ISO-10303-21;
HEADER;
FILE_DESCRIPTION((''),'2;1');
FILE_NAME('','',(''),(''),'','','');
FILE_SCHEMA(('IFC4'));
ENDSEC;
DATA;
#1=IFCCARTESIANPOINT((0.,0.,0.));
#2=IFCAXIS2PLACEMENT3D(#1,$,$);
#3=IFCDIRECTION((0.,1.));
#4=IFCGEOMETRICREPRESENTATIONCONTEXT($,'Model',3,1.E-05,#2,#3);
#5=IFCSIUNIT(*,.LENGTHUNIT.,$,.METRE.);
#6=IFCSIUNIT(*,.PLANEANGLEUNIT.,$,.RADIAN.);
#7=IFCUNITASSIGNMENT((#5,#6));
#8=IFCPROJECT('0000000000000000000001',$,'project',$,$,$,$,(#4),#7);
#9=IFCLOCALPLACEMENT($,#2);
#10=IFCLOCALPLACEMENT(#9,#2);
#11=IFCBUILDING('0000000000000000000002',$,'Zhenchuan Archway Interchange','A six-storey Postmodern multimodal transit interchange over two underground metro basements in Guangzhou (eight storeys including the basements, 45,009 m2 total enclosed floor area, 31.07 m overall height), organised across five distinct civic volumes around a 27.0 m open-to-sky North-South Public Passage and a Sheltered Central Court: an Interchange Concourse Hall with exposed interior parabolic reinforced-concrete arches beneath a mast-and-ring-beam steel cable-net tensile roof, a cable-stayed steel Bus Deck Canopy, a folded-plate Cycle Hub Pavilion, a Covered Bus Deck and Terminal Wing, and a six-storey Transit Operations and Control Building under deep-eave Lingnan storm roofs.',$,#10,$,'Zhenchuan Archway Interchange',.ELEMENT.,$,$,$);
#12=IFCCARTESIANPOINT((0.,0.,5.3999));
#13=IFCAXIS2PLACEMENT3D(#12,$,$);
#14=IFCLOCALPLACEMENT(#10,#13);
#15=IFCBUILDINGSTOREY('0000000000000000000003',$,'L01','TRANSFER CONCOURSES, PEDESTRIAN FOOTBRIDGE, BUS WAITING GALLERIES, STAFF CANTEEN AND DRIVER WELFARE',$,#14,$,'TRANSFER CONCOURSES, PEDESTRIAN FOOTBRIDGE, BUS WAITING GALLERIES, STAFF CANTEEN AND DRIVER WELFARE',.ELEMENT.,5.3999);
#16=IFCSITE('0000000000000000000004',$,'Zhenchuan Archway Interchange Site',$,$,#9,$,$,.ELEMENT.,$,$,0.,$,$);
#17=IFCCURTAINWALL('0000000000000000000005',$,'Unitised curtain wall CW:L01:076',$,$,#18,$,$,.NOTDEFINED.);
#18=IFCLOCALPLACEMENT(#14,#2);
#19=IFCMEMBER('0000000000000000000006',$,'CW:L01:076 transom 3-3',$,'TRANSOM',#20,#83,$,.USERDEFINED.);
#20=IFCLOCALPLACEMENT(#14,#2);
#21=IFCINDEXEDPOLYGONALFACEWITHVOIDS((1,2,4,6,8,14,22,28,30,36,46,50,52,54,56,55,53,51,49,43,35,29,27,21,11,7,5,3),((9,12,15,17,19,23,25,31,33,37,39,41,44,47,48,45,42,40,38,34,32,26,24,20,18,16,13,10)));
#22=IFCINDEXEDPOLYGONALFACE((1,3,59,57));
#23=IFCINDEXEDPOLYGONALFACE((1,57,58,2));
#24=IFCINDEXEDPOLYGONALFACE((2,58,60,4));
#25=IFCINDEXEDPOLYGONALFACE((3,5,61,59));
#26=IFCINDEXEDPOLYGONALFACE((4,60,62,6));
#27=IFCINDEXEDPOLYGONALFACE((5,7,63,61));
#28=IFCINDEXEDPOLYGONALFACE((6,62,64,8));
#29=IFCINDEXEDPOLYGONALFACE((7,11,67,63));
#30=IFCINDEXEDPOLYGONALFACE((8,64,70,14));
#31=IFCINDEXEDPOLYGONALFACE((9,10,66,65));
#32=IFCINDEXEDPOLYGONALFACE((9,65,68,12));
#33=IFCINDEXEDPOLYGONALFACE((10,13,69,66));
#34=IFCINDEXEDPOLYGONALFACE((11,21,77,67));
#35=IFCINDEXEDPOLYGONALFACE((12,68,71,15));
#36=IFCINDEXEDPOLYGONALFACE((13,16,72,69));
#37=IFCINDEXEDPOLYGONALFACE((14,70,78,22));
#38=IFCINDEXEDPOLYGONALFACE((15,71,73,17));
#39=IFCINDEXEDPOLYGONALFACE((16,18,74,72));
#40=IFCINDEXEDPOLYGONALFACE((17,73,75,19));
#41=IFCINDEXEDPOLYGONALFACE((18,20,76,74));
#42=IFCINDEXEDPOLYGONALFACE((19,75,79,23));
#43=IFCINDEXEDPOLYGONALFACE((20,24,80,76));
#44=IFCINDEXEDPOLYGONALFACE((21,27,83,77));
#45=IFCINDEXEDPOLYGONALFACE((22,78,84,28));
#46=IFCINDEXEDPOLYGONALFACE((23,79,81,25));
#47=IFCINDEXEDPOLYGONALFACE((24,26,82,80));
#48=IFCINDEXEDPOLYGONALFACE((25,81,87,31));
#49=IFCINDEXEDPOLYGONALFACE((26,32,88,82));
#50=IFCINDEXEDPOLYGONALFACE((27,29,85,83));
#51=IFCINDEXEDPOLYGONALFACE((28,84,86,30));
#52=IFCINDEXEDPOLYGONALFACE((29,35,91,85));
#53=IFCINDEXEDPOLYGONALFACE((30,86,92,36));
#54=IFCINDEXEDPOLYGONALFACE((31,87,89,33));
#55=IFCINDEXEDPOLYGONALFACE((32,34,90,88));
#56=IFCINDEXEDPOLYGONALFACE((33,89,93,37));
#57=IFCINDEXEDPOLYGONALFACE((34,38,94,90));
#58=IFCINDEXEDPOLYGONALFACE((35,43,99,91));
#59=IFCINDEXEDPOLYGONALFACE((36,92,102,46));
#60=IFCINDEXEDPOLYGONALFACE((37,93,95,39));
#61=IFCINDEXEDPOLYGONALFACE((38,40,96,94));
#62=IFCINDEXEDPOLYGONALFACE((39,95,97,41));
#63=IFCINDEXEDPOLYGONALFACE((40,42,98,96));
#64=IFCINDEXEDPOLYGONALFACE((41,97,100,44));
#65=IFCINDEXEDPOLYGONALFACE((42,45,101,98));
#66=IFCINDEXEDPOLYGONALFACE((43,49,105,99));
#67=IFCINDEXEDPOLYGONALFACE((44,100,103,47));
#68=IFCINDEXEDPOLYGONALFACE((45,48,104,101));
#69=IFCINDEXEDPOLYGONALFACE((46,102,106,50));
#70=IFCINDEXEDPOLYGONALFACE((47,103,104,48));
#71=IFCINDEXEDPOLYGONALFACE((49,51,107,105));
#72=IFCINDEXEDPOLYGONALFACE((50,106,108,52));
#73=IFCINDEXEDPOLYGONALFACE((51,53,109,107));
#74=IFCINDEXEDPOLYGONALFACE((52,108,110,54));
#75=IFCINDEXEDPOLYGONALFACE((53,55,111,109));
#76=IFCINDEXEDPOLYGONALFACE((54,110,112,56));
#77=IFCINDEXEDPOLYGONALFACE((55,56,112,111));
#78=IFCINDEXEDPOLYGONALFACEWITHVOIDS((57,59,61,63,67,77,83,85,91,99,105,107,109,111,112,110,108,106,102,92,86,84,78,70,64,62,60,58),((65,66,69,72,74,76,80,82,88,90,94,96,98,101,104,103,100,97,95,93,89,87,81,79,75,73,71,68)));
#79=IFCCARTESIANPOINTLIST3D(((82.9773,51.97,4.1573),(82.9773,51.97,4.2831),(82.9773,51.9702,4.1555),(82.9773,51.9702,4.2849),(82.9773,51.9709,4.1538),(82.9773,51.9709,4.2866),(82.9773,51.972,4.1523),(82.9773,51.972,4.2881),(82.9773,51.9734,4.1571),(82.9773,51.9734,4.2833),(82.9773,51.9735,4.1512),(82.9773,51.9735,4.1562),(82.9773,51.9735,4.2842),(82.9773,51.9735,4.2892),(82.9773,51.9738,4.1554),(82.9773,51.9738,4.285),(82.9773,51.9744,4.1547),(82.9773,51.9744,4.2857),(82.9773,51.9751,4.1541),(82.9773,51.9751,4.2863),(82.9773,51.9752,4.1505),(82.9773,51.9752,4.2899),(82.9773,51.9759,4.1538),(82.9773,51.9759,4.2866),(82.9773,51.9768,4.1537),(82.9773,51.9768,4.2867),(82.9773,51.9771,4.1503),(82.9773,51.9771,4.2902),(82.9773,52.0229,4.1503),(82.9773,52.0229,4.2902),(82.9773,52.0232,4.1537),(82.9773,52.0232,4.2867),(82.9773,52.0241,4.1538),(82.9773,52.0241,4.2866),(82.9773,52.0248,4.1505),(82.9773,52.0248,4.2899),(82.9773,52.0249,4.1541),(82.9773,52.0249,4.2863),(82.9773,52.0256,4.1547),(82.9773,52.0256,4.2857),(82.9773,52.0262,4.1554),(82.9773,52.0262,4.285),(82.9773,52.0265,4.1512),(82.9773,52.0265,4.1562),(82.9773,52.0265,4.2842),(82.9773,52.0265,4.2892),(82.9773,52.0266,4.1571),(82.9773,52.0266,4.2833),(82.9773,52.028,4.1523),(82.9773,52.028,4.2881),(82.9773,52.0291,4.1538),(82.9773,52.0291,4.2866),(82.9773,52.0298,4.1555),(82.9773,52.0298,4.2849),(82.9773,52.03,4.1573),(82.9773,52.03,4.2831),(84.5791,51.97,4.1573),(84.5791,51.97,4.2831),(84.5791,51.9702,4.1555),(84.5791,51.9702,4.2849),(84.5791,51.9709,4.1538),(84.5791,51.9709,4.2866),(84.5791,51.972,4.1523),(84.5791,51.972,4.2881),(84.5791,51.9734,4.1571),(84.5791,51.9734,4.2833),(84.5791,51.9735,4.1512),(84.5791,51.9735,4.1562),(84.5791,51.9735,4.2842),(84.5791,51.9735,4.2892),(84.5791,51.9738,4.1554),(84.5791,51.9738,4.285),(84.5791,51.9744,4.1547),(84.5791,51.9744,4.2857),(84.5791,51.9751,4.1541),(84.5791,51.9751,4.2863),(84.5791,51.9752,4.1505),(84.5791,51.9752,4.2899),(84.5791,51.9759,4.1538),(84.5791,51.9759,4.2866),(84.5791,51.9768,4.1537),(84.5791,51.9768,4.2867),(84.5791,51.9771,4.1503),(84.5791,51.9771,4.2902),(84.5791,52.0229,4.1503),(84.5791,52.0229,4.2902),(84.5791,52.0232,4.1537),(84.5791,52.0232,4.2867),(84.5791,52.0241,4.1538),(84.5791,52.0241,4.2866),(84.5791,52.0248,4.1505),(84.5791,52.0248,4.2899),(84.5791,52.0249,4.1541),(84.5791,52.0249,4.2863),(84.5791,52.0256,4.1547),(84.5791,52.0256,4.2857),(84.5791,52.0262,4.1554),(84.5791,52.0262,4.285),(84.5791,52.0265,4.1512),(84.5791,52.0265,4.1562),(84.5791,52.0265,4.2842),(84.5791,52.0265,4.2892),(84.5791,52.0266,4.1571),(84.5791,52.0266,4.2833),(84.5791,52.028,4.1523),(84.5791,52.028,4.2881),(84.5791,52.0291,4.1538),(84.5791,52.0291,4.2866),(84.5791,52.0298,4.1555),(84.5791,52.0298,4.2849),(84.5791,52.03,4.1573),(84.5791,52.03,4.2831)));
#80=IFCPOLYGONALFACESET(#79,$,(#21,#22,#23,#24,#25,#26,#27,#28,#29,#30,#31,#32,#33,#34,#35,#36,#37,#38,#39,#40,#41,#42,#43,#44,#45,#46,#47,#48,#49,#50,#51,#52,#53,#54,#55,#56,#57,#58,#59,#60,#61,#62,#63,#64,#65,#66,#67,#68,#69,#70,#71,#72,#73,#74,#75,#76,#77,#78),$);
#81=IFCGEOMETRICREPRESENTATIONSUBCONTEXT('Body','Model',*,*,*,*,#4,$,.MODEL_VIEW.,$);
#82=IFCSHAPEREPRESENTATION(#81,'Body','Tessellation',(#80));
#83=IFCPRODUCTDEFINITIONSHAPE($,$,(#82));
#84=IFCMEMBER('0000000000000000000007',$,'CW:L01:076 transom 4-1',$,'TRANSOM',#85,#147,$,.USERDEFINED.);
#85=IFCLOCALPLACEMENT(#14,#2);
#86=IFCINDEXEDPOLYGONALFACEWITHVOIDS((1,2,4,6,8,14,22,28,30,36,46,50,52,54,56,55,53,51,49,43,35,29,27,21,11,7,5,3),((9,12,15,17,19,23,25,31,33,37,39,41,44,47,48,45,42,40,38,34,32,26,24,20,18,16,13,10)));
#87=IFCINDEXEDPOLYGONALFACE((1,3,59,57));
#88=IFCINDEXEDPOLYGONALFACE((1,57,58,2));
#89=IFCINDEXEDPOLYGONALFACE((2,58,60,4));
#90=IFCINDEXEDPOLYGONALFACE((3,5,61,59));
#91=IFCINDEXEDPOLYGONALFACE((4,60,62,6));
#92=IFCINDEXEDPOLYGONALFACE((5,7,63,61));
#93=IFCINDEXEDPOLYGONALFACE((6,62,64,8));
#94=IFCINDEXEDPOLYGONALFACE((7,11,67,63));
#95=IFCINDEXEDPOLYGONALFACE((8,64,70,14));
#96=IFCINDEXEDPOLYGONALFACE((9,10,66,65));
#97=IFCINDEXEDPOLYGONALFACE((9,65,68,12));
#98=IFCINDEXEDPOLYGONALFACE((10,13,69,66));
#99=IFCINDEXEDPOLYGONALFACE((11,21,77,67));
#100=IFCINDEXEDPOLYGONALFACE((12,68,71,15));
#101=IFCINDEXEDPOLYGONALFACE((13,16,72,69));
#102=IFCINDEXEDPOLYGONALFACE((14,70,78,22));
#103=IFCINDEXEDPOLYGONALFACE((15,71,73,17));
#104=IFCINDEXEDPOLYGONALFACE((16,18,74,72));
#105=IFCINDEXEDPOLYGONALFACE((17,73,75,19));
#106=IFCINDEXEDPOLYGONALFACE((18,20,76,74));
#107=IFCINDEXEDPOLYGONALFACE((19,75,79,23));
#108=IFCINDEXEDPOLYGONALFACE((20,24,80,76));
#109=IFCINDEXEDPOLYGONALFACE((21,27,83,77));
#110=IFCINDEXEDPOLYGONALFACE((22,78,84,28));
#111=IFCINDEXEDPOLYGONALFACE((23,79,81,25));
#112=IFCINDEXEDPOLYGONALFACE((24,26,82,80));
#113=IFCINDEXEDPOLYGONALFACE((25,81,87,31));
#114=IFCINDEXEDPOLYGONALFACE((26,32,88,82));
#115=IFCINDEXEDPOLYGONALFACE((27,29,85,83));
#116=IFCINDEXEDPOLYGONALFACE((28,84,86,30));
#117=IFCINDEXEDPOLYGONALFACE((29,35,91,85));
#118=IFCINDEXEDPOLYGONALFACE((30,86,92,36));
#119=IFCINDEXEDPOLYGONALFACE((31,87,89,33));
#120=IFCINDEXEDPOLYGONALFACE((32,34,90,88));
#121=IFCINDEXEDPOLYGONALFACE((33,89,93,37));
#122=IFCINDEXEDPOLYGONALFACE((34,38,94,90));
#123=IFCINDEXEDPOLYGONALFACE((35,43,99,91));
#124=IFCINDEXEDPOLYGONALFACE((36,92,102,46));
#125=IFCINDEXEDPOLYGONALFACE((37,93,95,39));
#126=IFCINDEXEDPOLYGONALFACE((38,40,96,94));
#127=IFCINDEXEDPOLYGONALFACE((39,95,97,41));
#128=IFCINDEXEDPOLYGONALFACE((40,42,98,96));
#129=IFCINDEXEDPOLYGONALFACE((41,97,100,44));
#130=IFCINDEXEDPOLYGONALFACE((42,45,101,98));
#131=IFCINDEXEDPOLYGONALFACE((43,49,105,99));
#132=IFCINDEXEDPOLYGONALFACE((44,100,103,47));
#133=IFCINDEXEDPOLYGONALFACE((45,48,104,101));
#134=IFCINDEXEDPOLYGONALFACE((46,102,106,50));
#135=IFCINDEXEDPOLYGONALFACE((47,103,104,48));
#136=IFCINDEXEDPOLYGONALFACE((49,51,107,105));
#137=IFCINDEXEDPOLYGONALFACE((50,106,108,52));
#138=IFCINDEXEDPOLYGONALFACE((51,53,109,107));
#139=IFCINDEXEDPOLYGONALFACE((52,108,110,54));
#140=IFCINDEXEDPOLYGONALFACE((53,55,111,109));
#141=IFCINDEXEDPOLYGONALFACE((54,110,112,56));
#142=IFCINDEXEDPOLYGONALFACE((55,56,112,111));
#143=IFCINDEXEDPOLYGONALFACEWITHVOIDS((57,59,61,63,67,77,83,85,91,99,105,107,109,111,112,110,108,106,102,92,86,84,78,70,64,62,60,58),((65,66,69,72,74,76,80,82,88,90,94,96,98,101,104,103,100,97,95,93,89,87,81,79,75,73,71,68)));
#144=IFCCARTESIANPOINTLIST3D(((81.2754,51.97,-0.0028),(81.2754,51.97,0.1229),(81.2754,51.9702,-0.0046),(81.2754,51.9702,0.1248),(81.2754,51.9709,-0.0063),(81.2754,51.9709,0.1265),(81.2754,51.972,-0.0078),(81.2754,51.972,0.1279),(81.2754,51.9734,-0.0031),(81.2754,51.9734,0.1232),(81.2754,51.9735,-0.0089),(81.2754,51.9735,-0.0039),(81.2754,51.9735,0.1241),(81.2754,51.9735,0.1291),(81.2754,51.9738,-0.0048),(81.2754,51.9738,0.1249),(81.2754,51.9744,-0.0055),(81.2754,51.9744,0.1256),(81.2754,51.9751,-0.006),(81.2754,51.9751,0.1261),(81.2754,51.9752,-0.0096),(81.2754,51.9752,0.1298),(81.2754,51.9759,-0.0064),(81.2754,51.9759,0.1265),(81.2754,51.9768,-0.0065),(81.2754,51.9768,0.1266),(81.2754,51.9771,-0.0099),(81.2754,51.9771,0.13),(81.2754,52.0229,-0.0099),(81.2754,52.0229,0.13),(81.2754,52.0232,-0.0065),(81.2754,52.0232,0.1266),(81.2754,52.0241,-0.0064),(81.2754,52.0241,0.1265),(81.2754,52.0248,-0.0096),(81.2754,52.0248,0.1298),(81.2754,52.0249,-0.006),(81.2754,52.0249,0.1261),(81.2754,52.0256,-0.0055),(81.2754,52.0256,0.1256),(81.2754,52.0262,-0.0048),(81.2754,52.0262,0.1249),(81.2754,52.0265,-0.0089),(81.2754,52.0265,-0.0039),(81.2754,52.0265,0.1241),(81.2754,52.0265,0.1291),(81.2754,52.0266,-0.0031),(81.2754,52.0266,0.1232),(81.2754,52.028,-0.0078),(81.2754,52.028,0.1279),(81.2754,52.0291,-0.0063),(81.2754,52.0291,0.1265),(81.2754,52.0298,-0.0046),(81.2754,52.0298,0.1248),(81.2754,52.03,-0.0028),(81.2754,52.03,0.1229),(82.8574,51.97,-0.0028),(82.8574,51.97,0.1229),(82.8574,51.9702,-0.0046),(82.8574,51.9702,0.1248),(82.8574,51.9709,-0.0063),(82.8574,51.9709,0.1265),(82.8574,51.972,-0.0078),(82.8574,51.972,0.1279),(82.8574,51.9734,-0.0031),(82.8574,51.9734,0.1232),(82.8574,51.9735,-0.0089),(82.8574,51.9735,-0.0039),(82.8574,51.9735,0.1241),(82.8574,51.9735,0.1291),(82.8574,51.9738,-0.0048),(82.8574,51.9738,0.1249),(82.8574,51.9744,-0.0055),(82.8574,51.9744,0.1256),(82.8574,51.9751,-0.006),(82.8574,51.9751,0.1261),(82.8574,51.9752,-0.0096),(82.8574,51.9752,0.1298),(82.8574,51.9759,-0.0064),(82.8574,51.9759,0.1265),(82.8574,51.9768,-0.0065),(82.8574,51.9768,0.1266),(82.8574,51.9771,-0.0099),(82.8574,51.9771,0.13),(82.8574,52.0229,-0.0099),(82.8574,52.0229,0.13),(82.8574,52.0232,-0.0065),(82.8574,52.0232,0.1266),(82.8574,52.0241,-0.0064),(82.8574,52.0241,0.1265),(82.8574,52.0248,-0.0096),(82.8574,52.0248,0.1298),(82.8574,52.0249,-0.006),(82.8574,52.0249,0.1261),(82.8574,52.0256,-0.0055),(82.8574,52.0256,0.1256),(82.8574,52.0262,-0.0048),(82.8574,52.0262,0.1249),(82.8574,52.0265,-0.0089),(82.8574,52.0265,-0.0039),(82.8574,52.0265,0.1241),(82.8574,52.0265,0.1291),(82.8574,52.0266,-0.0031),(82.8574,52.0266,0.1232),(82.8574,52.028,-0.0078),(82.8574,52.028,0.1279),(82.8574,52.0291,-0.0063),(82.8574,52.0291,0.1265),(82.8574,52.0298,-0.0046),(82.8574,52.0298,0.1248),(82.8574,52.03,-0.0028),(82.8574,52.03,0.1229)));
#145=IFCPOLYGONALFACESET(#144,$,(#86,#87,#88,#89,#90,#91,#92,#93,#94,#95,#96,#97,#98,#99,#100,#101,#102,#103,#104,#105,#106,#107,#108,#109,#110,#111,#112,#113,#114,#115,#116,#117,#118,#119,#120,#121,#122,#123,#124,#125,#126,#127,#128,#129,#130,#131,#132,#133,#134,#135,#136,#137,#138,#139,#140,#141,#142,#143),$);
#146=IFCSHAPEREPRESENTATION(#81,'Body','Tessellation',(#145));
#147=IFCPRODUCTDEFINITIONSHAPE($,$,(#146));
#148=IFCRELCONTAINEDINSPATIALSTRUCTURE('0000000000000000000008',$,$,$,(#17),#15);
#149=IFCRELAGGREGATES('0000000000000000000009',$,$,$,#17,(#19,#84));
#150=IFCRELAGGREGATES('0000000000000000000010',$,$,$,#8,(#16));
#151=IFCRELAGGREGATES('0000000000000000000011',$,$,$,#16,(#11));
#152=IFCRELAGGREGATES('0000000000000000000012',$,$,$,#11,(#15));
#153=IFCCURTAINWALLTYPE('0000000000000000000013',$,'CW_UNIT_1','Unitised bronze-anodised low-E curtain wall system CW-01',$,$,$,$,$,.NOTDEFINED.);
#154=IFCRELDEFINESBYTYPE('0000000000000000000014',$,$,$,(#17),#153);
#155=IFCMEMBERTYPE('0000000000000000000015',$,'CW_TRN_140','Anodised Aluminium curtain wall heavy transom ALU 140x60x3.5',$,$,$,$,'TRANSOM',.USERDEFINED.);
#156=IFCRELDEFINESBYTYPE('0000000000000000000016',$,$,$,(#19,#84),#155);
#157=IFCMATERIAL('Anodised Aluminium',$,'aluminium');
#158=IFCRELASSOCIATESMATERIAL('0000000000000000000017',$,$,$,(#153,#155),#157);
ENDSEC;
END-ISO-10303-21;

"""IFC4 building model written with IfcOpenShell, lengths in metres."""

from ifc_helpers import new_model, si_unit, direction, frame, origin, origin_2d, place, context, subcontext, project, spatial, hollow_rectangle, extrude, material, material_profile, profile_set, type_object, element, aggregate, save


model = new_model("IFC4")

# Units and contexts
model_context = context("Model", 3, precision=1e-05, world=origin(), true_north=direction((0.0, 1.0)))
body_context = subcontext(model_context, "Body", "Model", "MODEL_VIEW")
ifc_project = project(units=[si_unit("LENGTHUNIT", "METRE"), si_unit("PLANEANGLEUNIT", "RADIAN")], contexts=[model_context])

# Site, building, storey
site_placement = place(None, origin())
site = spatial("IfcSite", under=ifc_project, at=site_placement, Name="Zhenchuan Archway Interchange Site", CompositionType="ELEMENT", RefElevation=0.0)
building_placement = place(site_placement, origin())
building = spatial("IfcBuilding", under=site, at=building_placement, Name="Zhenchuan Archway Interchange", Description="A six-storey Postmodern multimodal transit interchange over two underground metro basements in Guangzhou (eight storeys including the basements, 45,009 m2 total enclosed floor area, 31.07 m overall height), organised across five distinct civic volumes around a 27.0 m open-to-sky North-South Public Passage and a Sheltered Central Court: an Interchange Concourse Hall with exposed interior parabolic reinforced-concrete arches beneath a mast-and-ring-beam steel cable-net tensile roof, a cable-stayed steel Bus Deck Canopy, a folded-plate Cycle Hub Pavilion, a Covered Bus Deck and Terminal Wing, and a six-storey Transit Operations and Control Building under deep-eave Lingnan storm roofs.", LongName="Zhenchuan Archway Interchange", CompositionType="ELEMENT")
storey_placement = place(building_placement, frame((0.0, 0.0, 5.3999)))
storey = spatial("IfcBuildingStorey", under=building, at=storey_placement, Name="L01", Description="TRANSFER CONCOURSES, PEDESTRIAN FOOTBRIDGE, BUS WAITING GALLERIES, STAFF CANTEEN AND DRIVER WELFARE", LongName="TRANSFER CONCOURSES, PEDESTRIAN FOOTBRIDGE, BUS WAITING GALLERIES, STAFF CANTEEN AND DRIVER WELFARE", CompositionType="ELEMENT", Elevation=5.3999)

# Curtain wall
ifc_material_1 = material(Name="Anodised Aluminium", Category="aluminium")
curtain_wall_type_1 = type_object("IfcCurtainWallType", Name="CW_UNIT_1", Description="Unitised bronze-anodised low-E curtain wall system CW-01", PredefinedType="NOTDEFINED", material=ifc_material_1)
curtain_wall_1_placement = place(storey_placement, origin())
curtain_wall_1 = element("IfcCurtainWall", 1, at=curtain_wall_1_placement, inside=storey, type_object=curtain_wall_type_1, Name="Unitised curtain wall CW:L01:076", PredefinedType="NOTDEFINED")

# Members
ifc_material_profile_1 = material_profile(ifc_material_1, hollow_rectangle(XDim=0.0601, YDim=0.1399, WallThickness=0.0034, InnerFilletRadius=0.0034, OuterFilletRadius=0.0071, at=origin_2d()), Name="ALU 140x60x3.5")
ifc_profile_set_1 = profile_set([ifc_material_profile_1], Name="Anodised Aluminium")
member_type_1 = type_object("IfcMemberType", Name="CW_TRN_140", Description="Anodised Aluminium curtain wall heavy transom ALU 140x60x3.5", ElementType="TRANSOM", PredefinedType="USERDEFINED", material=ifc_profile_set_1)
member_1_placement = place(storey_placement, frame((84.5791, 52.0, 4.2202), z_axis=(-1.0, 0.0, 0.0), x_axis=(0.0, -1.0, 0.0)))
member_1 = element("IfcMember", 2, at=member_1_placement, type_object=member_type_1, Name="CW:L01:076 transom 3-3", ObjectType="TRANSOM", PredefinedType="USERDEFINED", context=body_context, shape_type="SweptSolid", body=[
    extrude(hollow_rectangle(XDim=0.0601, YDim=0.1399, WallThickness=0.0034, InnerFilletRadius=0.0034, OuterFilletRadius=0.0071, at=origin_2d()), origin(), (0.0, 0.0, 1.0), 1.6018),
])
member_2_placement = place(storey_placement, frame((82.8574, 52.0, 0.0601), z_axis=(-1.0, 0.0, 0.0), x_axis=(0.0, -1.0, 0.0)))
member_2 = element("IfcMember", 3, at=member_2_placement, type_object=member_type_1, Name="CW:L01:076 transom 4-1", ObjectType="TRANSOM", PredefinedType="USERDEFINED", context=body_context, shape_type="SweptSolid", body=[
    extrude(hollow_rectangle(XDim=0.0601, YDim=0.1399, WallThickness=0.0034, InnerFilletRadius=0.0034, OuterFilletRadius=0.0071, at=origin_2d()), origin(), (0.0, 0.0, 1.0), 1.582),
])

aggregate(curtain_wall_1, [member_1, member_2])

save(model, "model.ifc")
